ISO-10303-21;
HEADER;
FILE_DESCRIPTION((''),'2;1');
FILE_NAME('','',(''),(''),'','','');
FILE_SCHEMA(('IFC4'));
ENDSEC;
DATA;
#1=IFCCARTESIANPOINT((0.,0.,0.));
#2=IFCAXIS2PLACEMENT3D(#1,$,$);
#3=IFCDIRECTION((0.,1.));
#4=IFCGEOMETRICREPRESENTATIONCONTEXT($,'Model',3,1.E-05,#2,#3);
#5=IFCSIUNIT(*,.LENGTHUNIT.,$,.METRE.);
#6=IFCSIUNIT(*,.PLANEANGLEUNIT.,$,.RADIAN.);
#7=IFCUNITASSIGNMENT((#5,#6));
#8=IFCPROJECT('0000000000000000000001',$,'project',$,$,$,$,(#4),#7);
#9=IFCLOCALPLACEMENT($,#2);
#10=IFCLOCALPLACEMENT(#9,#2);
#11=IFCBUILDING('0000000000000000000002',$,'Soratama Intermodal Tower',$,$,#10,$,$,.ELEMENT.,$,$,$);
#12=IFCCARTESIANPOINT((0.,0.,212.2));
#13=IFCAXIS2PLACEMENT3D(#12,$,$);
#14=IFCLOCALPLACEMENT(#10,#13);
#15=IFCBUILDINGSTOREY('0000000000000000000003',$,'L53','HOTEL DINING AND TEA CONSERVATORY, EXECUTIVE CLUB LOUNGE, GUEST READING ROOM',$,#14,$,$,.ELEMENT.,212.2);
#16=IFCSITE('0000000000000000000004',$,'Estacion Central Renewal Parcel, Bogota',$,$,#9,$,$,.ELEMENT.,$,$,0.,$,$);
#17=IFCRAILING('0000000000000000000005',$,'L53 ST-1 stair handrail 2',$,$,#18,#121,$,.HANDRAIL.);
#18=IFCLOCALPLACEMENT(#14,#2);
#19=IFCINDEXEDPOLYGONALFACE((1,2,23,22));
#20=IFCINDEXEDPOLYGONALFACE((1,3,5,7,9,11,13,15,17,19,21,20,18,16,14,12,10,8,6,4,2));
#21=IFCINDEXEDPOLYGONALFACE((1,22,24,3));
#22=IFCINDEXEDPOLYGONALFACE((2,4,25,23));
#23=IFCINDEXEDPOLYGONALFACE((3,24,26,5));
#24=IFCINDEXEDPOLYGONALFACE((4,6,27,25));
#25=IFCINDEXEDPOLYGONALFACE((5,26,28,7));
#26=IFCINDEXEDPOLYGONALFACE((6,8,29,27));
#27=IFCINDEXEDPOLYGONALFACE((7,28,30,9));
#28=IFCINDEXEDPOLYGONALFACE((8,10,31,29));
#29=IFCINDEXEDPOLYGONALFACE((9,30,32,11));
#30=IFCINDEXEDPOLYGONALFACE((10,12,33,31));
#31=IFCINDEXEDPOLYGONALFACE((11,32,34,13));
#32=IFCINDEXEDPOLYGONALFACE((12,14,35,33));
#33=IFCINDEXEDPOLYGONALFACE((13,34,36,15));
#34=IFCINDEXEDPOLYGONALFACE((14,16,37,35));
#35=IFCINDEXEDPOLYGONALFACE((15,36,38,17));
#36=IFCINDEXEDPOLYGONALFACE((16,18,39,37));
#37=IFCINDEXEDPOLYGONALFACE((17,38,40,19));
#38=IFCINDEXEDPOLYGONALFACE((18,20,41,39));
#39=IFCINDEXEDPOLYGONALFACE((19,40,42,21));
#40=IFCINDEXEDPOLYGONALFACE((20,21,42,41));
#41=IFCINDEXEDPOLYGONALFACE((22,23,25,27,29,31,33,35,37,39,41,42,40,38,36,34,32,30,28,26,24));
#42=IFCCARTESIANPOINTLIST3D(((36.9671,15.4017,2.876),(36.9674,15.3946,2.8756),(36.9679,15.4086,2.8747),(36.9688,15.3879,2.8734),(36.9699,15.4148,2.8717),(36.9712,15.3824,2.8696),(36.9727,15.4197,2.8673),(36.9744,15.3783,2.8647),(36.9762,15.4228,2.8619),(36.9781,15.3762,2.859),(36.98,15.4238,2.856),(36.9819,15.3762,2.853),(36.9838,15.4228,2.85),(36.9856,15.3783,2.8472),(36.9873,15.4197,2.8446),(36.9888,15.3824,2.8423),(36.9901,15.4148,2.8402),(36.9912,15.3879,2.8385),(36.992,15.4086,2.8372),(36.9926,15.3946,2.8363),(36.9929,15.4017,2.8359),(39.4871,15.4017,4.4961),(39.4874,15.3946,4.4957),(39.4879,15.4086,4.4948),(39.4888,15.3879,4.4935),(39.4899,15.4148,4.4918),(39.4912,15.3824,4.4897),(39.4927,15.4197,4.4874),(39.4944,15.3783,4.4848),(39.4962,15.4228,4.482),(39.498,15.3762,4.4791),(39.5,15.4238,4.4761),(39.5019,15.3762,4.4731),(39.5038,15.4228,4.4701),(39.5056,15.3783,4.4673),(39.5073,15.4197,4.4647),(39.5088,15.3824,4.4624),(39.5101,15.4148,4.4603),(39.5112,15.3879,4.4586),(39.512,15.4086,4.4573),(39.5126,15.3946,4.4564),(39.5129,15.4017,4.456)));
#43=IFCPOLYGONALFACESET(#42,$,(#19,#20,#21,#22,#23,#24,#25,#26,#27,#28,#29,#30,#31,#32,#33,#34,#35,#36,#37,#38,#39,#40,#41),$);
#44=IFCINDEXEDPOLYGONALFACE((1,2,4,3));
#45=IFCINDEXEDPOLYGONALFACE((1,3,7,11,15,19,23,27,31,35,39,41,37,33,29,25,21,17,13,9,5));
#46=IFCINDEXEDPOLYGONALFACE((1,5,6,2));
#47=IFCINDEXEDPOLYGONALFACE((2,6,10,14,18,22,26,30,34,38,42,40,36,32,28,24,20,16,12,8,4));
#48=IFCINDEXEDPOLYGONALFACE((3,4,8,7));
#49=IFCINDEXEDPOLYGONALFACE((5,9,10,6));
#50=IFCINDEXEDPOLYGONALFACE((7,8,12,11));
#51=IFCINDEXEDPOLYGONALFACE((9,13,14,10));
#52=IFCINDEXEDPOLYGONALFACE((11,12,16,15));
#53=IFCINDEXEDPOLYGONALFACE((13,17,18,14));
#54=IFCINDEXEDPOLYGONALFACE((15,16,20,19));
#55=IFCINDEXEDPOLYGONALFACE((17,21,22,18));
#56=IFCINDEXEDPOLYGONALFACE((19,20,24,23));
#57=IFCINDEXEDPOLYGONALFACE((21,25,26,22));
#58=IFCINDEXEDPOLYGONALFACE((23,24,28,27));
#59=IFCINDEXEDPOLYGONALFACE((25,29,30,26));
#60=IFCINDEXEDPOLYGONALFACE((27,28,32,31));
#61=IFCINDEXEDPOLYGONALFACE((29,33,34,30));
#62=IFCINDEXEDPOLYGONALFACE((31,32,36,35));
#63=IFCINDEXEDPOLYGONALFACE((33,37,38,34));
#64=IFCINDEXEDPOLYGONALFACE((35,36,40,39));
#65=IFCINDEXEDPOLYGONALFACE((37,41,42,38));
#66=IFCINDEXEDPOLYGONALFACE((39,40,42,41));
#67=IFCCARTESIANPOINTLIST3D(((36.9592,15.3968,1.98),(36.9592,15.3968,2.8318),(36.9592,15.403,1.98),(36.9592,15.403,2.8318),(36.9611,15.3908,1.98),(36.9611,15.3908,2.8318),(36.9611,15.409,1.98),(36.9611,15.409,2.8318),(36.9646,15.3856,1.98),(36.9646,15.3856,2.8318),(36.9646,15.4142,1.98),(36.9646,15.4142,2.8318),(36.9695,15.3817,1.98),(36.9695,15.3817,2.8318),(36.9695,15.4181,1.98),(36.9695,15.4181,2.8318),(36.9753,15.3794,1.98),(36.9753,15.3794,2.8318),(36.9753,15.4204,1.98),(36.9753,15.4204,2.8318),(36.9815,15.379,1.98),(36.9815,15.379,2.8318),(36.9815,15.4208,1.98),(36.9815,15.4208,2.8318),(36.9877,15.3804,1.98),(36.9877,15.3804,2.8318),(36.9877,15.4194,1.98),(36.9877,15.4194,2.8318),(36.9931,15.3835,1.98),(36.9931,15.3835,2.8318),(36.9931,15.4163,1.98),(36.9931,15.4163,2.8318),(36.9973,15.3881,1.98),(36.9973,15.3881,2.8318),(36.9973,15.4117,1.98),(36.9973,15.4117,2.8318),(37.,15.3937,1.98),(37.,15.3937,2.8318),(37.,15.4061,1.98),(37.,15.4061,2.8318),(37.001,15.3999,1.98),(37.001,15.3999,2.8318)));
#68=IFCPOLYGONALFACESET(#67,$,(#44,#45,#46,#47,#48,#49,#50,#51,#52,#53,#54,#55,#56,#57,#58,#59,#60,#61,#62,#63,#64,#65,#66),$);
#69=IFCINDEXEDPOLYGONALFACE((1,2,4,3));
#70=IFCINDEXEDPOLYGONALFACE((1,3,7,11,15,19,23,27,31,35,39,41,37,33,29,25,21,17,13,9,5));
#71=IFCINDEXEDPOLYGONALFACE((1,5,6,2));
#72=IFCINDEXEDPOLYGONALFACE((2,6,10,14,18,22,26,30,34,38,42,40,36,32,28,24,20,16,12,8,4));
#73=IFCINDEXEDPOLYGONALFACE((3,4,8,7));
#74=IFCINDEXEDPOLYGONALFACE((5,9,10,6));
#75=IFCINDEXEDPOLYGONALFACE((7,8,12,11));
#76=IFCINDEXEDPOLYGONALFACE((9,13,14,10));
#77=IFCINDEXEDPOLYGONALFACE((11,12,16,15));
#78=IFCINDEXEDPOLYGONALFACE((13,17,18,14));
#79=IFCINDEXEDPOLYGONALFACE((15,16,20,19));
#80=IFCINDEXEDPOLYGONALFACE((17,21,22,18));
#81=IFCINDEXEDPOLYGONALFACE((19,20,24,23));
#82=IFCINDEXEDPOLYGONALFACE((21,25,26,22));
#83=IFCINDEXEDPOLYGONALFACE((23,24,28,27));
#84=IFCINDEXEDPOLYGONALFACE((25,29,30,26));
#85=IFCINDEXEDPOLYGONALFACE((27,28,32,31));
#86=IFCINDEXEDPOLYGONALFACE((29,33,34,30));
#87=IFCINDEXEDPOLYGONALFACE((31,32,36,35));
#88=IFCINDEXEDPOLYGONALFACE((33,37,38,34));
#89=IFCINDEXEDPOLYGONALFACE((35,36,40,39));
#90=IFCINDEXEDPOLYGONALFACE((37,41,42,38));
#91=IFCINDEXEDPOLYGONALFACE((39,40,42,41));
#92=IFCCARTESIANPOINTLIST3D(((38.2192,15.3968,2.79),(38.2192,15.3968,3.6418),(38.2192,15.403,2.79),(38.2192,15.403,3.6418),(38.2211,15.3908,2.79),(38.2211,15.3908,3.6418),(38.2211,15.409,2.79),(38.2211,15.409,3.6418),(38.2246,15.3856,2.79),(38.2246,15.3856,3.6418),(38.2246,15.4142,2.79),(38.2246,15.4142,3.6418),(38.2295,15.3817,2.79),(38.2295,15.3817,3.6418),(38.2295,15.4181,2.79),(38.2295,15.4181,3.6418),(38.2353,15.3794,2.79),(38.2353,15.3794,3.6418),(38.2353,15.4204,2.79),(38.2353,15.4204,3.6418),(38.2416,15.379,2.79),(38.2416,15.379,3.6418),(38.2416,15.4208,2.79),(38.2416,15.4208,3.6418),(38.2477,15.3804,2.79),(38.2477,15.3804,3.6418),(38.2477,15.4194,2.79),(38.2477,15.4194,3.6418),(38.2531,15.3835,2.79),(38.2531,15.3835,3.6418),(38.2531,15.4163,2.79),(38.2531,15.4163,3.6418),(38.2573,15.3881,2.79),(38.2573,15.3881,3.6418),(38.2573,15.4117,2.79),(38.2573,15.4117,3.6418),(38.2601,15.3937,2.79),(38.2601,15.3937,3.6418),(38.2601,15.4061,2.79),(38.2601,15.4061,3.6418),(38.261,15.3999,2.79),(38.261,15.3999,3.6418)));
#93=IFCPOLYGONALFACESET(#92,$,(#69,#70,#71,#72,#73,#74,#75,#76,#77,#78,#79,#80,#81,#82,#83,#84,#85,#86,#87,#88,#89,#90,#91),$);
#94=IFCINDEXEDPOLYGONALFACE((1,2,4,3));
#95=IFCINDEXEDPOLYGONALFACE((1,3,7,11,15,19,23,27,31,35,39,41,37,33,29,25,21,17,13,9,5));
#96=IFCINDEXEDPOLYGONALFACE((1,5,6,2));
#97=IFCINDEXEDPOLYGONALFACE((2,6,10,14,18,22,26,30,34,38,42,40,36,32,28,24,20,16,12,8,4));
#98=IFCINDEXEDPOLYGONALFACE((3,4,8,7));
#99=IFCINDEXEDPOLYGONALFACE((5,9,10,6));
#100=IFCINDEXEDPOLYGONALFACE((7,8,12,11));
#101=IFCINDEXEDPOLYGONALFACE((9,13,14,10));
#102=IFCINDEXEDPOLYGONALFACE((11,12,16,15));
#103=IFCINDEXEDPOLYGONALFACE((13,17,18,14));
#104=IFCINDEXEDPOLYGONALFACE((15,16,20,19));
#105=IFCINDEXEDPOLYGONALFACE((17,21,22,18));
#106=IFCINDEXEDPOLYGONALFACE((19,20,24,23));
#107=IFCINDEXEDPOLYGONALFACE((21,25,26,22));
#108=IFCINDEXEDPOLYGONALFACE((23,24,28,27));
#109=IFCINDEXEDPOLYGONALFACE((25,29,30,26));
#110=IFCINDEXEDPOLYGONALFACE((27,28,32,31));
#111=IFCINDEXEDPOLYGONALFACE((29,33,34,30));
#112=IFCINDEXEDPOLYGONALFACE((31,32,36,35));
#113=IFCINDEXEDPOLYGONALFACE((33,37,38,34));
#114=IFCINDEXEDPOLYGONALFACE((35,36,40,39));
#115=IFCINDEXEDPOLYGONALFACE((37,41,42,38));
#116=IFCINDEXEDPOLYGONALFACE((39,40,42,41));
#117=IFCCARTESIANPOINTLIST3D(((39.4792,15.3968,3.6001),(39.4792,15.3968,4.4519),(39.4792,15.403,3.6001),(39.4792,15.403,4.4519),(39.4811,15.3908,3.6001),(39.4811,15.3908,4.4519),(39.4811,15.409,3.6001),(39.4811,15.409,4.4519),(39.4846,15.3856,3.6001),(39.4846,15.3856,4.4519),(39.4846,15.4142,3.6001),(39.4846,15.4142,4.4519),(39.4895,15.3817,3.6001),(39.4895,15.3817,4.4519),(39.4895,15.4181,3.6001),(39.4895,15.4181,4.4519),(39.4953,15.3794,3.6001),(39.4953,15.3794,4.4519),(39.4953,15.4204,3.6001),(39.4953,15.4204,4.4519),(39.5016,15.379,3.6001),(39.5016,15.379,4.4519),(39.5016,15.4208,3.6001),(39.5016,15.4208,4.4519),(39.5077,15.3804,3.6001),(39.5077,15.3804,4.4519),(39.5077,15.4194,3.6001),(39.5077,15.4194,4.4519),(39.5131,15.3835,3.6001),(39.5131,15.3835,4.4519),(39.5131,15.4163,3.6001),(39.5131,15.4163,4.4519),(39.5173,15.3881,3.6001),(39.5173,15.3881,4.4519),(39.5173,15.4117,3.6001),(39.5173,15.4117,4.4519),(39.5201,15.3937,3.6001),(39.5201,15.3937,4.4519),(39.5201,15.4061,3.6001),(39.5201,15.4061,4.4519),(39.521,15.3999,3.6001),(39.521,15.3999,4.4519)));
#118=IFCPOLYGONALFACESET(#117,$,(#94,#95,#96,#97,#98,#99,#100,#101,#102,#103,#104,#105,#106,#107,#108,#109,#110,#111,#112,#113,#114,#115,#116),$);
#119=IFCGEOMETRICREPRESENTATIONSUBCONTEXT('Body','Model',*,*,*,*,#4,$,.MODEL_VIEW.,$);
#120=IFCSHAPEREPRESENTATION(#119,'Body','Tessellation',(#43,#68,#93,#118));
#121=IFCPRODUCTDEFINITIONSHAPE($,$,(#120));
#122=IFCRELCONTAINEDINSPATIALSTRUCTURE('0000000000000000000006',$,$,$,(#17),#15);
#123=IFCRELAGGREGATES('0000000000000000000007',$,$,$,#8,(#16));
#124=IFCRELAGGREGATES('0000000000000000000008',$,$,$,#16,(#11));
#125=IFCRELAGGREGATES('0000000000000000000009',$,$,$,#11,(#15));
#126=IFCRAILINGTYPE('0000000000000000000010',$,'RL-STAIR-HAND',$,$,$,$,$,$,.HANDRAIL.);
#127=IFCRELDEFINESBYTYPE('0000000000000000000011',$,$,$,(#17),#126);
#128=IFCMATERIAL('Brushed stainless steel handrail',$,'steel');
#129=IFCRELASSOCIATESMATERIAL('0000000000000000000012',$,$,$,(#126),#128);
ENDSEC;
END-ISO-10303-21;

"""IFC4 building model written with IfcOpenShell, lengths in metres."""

from ifc_helpers import new_model, si_unit, direction, frame, origin, origin_2d, place, context, subcontext, project, spatial, circle, extrude, material, type_object, element, save


model = new_model("IFC4")

# Units and contexts
model_context = context("Model", 3, precision=1e-05, world=origin(), true_north=direction((0.0, 1.0)))
body_context = subcontext(model_context, "Body", "Model", "MODEL_VIEW")
ifc_project = project(units=[si_unit("LENGTHUNIT", "METRE"), si_unit("PLANEANGLEUNIT", "RADIAN")], contexts=[model_context])

# Site, building, storey
site_placement = place(None, origin())
site = spatial("IfcSite", under=ifc_project, at=site_placement, Name="Estacion Central Renewal Parcel, Bogota", CompositionType="ELEMENT", RefElevation=0.0)
building_placement = place(site_placement, origin())
building = spatial("IfcBuilding", under=site, at=building_placement, Name="Soratama Intermodal Tower", CompositionType="ELEMENT")
storey_placement = place(building_placement, frame((0.0, 0.0, 212.2)))
storey = spatial("IfcBuildingStorey", under=building, at=storey_placement, Name="L53", Description="HOTEL DINING AND TEA CONSERVATORY, EXECUTIVE CLUB LOUNGE, GUEST READING ROOM", CompositionType="ELEMENT", Elevation=212.2)

# Railing
ifc_material_1 = material(Name="Brushed stainless steel handrail", Category="steel")
railing_type_1 = type_object("IfcRailingType", Name="RL-STAIR-HAND", PredefinedType="HANDRAIL", material=ifc_material_1)
railing_1_placement = place(storey_placement, frame((36.98, 15.3999, 1.98)))
element("IfcRailing", 1, at=railing_1_placement, inside=storey, type_object=railing_type_1, Name="L53 ST-1 stair handrail 2", PredefinedType="HANDRAIL", context=body_context, shape_type="SweptSolid", body=[
    extrude(circle(Radius=0.0239, at=origin_2d()), frame((0.0, 0.0, 0.876), z_axis=(0.841163, 0.0, 0.540782), x_axis=(0.0, 1.0, 0.0)), (0.0, 0.0, 1.0), 2.9958),
    extrude(circle(Radius=0.021, at=origin_2d()), origin(), (0.0, 0.0, 1.0), 0.8518),
    extrude(circle(Radius=0.021, at=origin_2d()), frame((1.26, 0.0, 0.8101)), (0.0, 0.0, 1.0), 0.8518),
    extrude(circle(Radius=0.021, at=origin_2d()), frame((2.52, 0.0, 1.6201)), (0.0, 0.0, 1.0), 0.8518),
])

save(model, "model.ifc")
